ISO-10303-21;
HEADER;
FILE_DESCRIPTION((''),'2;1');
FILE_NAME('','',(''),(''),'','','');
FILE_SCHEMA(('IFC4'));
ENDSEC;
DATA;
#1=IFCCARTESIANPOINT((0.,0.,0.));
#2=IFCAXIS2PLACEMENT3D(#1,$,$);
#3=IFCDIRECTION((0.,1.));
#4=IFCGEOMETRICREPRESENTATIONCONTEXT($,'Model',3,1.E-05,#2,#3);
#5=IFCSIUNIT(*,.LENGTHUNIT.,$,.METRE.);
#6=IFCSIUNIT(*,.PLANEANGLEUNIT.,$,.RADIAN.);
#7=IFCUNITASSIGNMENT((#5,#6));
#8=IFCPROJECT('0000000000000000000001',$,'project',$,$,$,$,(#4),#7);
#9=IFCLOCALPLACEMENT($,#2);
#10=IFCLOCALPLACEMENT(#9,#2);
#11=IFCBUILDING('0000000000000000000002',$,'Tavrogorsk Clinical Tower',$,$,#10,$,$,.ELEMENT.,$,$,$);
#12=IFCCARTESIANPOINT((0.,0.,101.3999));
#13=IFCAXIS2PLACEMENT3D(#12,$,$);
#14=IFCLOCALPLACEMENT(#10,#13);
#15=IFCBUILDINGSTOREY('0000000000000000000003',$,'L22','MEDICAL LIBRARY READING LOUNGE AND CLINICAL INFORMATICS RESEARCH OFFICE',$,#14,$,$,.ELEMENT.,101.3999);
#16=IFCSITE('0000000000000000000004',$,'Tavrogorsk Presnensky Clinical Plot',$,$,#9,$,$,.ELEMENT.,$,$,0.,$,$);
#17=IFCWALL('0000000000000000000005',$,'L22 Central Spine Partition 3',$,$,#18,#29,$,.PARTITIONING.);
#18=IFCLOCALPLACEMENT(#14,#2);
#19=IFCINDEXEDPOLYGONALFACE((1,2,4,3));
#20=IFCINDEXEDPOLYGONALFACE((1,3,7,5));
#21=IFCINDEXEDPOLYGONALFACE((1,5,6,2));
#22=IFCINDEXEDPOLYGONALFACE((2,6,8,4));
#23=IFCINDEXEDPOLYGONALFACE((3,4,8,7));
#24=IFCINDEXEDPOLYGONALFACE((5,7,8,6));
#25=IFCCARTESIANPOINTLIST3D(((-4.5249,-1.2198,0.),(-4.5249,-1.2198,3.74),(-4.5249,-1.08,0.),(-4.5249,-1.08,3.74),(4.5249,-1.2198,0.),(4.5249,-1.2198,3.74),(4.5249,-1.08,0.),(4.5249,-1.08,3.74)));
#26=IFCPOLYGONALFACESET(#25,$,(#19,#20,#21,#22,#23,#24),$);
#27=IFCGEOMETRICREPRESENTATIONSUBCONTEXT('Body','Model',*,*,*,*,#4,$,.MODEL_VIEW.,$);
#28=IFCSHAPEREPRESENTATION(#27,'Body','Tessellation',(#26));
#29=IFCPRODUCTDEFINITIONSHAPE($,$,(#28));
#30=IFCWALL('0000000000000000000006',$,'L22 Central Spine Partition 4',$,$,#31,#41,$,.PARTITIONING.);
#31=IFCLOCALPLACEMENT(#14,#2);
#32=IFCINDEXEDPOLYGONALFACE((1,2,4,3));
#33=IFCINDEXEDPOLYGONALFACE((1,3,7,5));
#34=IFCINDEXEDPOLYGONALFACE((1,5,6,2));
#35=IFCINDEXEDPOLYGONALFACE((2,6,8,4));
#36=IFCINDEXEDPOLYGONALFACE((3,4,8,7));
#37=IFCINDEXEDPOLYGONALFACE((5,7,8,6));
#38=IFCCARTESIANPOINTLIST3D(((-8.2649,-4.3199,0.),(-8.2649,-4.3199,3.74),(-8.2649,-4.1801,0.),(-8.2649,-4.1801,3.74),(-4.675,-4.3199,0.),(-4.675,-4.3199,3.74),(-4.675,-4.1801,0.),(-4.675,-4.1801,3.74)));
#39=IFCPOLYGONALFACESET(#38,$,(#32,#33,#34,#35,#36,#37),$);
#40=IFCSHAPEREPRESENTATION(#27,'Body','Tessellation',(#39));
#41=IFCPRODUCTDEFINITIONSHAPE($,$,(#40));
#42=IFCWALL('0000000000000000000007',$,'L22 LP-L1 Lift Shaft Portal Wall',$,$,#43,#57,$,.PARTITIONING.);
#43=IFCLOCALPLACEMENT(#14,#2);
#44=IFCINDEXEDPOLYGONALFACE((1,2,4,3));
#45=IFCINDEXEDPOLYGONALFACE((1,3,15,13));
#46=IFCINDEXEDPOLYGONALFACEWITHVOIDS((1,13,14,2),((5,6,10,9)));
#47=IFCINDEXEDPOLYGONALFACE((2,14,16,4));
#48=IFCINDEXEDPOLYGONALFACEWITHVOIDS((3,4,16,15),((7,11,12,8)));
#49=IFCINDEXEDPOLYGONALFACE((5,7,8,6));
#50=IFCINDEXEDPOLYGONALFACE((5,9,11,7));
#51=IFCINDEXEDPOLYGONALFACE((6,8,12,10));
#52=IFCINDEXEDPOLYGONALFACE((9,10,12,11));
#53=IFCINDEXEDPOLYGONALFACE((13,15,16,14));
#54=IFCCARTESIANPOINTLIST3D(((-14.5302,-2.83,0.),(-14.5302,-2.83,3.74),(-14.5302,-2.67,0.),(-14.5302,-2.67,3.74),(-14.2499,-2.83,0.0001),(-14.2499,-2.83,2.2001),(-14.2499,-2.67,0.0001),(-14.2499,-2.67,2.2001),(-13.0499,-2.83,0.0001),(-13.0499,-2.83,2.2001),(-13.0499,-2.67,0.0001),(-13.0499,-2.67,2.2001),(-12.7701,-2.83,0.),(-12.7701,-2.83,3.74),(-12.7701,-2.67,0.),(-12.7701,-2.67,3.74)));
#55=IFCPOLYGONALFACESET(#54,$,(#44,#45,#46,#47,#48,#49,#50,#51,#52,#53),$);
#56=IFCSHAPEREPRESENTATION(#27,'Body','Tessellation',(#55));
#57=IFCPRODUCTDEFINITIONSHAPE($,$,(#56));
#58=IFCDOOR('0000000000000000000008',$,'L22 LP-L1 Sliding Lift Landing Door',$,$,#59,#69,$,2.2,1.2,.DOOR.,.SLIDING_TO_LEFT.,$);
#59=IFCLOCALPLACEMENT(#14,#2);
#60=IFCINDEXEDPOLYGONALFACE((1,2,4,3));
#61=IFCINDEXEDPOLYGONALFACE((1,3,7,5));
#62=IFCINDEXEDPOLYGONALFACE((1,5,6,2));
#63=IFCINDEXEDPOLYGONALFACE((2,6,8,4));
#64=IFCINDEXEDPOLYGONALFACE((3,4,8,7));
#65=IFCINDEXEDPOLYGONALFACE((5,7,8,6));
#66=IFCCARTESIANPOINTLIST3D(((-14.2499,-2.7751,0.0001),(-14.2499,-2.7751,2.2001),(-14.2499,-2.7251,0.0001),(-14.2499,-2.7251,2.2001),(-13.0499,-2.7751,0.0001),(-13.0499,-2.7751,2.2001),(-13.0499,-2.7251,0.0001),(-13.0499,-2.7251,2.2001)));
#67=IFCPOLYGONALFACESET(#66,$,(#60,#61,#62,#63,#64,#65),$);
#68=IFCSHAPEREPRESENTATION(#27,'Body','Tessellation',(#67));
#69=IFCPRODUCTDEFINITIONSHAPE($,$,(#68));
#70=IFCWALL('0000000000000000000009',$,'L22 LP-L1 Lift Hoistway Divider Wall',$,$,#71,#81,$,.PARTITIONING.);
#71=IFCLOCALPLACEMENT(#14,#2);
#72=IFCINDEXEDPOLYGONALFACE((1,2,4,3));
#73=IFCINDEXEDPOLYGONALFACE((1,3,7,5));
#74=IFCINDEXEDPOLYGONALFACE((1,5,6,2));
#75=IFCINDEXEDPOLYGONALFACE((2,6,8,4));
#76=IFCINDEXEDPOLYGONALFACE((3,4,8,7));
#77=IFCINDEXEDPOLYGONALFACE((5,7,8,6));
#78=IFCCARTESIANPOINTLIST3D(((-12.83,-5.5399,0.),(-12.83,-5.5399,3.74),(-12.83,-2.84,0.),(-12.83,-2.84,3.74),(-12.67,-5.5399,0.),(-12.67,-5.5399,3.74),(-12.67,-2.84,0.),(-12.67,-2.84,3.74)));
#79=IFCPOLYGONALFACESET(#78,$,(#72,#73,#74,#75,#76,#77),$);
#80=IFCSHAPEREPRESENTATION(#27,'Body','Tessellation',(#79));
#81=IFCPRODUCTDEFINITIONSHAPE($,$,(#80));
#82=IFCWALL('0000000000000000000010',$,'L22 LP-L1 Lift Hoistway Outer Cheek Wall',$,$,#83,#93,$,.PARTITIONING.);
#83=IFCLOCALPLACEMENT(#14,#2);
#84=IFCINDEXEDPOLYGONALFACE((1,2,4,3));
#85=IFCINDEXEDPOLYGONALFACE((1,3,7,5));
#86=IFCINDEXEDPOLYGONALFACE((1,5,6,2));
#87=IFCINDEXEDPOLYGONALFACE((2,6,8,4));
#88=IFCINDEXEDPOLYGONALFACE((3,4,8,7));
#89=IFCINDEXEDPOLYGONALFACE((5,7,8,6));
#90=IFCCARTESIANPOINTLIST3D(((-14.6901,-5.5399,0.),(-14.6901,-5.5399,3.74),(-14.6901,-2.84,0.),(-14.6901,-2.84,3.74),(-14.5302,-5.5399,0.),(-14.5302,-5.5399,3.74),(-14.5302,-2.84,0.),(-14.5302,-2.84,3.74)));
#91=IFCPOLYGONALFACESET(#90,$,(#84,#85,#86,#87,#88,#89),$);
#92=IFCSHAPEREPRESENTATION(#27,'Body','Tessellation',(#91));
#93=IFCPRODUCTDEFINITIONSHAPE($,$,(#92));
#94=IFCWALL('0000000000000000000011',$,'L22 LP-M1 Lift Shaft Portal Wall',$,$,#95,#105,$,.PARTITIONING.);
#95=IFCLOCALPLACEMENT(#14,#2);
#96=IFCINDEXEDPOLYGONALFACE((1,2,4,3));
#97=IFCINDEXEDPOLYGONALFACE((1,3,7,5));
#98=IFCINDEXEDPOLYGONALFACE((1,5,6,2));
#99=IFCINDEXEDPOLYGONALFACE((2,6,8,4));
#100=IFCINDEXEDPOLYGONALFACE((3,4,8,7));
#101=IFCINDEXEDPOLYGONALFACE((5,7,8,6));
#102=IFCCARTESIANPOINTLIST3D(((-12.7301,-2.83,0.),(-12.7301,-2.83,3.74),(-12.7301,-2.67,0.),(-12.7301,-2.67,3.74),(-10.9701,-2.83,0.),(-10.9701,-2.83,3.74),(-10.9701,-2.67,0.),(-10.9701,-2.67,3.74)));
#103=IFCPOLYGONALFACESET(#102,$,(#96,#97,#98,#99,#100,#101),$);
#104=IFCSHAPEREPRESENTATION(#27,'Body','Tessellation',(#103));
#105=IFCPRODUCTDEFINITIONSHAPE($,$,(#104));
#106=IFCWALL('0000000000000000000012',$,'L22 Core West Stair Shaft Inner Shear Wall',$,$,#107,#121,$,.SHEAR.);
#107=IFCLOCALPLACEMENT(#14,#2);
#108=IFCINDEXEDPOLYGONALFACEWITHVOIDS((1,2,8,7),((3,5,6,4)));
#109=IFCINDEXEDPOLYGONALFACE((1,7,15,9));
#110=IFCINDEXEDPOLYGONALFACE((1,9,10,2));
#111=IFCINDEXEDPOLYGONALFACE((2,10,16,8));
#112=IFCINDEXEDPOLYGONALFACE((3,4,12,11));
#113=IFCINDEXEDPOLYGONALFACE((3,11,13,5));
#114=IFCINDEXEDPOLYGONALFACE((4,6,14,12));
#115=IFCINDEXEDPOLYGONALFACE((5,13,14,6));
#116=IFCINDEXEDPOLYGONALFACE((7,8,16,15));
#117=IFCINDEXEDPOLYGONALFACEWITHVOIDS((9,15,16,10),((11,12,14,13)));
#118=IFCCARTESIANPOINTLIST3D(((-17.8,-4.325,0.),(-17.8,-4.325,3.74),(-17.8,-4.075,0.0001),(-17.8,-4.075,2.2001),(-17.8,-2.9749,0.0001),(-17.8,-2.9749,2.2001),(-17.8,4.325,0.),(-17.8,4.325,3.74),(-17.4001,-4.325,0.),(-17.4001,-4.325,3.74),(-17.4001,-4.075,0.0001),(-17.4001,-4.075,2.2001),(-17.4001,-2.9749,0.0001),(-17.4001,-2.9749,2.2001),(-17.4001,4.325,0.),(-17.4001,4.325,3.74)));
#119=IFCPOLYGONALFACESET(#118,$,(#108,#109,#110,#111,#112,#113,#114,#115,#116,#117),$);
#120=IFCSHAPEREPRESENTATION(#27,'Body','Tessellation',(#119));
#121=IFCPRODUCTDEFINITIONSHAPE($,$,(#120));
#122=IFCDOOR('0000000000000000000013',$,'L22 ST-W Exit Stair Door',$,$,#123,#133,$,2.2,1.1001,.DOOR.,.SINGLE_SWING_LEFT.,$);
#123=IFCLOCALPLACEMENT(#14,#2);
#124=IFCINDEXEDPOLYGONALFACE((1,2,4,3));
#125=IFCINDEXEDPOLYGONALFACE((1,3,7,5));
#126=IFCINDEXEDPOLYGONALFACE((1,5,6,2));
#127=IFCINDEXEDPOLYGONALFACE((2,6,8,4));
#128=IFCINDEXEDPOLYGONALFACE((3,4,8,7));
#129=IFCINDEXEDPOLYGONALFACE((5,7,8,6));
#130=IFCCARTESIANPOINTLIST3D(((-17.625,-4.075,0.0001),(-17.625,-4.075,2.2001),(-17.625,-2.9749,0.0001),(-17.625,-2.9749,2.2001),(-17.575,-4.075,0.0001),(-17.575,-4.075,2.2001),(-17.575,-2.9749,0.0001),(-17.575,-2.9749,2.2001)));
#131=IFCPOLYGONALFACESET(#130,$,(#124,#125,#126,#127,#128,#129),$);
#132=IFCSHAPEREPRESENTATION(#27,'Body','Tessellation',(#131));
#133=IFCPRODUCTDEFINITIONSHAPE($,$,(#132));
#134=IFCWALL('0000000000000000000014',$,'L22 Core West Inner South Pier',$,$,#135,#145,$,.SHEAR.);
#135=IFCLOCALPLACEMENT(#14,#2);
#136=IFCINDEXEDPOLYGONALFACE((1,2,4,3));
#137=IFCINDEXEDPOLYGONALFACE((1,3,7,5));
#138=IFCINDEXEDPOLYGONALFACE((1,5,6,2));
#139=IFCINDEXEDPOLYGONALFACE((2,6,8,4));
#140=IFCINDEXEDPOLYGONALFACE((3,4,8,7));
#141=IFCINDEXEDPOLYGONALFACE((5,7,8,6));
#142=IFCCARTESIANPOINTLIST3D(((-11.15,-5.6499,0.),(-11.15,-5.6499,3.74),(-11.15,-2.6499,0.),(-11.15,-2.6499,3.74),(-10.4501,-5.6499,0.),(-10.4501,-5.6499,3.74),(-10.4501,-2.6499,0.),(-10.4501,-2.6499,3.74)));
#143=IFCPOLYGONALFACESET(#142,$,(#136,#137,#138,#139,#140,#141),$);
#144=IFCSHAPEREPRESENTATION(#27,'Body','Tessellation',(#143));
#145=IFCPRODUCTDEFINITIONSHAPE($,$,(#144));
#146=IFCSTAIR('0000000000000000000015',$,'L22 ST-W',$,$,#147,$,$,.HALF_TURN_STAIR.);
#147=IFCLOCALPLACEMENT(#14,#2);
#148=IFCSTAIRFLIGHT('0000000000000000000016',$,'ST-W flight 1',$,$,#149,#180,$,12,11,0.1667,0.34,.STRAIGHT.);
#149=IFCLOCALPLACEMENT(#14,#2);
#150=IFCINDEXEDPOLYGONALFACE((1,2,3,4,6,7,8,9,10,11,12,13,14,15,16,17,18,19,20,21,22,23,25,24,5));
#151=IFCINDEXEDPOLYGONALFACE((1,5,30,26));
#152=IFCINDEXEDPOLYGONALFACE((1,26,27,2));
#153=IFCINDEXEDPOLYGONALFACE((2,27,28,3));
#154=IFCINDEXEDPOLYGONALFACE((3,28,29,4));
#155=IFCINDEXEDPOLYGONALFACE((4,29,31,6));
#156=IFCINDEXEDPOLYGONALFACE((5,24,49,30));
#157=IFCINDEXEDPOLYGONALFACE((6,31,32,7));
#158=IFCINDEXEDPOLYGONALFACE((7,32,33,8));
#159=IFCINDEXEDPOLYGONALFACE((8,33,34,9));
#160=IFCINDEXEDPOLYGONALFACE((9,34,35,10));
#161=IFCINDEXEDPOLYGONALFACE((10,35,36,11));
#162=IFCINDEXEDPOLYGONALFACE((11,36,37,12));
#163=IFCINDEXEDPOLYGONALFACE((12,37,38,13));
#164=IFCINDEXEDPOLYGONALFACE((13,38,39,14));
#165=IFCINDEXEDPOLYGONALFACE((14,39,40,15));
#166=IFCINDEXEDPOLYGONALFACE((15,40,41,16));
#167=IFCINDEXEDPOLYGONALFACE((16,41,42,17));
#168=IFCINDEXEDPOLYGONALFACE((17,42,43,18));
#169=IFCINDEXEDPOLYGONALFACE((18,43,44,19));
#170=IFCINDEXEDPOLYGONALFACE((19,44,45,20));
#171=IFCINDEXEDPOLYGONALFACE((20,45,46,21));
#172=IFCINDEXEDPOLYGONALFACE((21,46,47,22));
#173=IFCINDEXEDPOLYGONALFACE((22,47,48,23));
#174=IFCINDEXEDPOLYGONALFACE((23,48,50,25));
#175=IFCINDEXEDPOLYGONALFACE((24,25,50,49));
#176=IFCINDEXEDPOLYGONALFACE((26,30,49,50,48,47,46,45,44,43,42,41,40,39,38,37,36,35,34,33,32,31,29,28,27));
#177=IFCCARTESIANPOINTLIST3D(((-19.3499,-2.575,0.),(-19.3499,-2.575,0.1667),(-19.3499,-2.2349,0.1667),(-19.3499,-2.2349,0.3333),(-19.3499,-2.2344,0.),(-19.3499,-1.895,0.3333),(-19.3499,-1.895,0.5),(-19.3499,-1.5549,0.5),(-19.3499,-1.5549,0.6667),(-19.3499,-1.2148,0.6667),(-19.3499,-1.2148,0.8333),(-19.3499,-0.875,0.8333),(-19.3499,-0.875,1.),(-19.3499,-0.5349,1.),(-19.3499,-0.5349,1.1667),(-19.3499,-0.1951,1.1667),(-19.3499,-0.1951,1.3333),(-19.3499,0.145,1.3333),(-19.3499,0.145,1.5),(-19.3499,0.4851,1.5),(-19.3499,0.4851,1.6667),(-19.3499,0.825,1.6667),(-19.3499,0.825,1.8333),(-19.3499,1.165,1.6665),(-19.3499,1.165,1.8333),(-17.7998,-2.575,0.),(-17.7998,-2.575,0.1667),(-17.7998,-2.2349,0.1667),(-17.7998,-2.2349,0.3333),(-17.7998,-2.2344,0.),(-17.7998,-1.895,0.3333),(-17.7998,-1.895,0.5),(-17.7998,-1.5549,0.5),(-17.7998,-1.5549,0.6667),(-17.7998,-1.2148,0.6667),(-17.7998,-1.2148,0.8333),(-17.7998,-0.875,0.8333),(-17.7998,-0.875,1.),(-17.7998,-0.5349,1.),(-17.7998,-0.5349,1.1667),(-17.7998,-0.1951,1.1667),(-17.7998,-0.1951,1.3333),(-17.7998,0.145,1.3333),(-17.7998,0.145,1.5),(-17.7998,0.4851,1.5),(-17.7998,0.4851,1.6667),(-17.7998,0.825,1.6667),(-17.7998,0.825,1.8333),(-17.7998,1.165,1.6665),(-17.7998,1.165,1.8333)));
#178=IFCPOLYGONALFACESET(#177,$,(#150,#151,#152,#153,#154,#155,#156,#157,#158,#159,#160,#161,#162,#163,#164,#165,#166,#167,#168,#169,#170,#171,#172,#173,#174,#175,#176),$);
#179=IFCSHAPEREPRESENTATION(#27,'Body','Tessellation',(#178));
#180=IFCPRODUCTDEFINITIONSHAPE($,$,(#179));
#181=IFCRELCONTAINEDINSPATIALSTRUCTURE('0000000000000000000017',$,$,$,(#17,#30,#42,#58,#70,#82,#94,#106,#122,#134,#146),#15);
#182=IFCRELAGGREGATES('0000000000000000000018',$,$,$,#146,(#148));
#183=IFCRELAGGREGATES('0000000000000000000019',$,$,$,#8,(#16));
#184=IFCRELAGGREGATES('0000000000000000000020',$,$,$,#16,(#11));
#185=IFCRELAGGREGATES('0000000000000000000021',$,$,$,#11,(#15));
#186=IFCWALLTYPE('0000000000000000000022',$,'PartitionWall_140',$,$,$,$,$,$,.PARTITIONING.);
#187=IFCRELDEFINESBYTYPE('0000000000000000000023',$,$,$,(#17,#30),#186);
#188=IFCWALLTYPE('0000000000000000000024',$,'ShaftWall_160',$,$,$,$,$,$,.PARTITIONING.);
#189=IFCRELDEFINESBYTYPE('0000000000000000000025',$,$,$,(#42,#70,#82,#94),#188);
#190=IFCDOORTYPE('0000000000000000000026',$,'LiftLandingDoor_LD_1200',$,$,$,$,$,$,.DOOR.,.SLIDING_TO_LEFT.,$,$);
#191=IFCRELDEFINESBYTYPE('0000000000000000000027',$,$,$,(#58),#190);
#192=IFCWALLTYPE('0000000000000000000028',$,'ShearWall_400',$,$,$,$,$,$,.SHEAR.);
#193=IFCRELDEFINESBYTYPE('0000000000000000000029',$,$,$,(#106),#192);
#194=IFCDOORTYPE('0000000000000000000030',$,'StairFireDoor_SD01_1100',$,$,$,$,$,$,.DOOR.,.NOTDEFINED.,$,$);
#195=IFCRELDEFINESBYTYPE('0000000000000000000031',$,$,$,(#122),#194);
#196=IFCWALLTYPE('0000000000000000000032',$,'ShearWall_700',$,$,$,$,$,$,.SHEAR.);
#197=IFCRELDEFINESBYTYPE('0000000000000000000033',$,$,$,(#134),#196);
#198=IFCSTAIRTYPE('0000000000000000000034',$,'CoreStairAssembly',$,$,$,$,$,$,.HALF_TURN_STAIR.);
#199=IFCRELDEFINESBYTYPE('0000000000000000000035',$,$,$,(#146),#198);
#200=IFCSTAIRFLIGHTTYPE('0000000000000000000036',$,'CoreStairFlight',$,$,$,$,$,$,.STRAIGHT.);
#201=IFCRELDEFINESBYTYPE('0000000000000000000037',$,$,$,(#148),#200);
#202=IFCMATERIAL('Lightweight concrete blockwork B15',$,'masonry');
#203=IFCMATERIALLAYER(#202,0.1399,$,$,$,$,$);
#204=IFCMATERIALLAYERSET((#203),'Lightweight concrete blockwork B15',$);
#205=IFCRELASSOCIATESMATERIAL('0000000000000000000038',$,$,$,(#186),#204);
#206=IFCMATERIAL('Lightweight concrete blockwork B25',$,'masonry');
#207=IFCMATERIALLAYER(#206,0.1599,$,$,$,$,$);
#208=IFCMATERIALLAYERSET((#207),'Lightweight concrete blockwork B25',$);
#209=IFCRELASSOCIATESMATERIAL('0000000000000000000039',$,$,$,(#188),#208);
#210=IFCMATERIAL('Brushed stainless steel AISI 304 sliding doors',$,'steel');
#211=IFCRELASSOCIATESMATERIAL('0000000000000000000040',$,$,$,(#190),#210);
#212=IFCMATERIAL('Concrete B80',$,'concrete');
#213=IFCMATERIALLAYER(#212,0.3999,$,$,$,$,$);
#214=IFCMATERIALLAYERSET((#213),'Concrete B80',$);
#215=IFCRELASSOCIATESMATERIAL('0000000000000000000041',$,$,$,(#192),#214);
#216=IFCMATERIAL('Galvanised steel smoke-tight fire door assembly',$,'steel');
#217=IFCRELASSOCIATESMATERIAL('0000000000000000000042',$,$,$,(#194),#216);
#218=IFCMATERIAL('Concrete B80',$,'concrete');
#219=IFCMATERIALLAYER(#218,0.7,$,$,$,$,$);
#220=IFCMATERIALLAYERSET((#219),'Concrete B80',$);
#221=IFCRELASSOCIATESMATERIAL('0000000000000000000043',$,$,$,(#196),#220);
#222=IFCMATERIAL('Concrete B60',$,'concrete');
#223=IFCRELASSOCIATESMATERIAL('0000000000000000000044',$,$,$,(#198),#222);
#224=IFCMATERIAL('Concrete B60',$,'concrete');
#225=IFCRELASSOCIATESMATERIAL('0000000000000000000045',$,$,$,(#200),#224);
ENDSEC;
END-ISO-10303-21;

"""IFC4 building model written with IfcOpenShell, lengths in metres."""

from ifc_helpers import new_model, si_unit, direction, frame, frame_2d, origin, place, context, subcontext, project, spatial, polyline, rectangle, outline, extrude, material, layer, layer_set, type_object, element, fill, aggregate, save


model = new_model("IFC4")

# Units and contexts
model_context = context("Model", 3, precision=1e-05, world=origin(), true_north=direction((0.0, 1.0)))
body_context = subcontext(model_context, "Body", "Model", "MODEL_VIEW")
ifc_project = project(units=[si_unit("LENGTHUNIT", "METRE"), si_unit("PLANEANGLEUNIT", "RADIAN")], contexts=[model_context])

# Site, building, storey
site_placement = place(None, origin())
site = spatial("IfcSite", under=ifc_project, at=site_placement, Name="Tavrogorsk Presnensky Clinical Plot", CompositionType="ELEMENT", RefElevation=0.0)
building_placement = place(site_placement, origin())
building = spatial("IfcBuilding", under=site, at=building_placement, Name="Tavrogorsk Clinical Tower", CompositionType="ELEMENT")
storey_placement = place(building_placement, frame((0.0, 0.0, 101.3999)))
storey = spatial("IfcBuildingStorey", under=building, at=storey_placement, Name="L22", Description="MEDICAL LIBRARY READING LOUNGE AND CLINICAL INFORMATICS RESEARCH OFFICE", CompositionType="ELEMENT", Elevation=101.3999)

# Walls
ifc_material_1 = material(Name="Lightweight concrete blockwork B15", Category="masonry")
ifc_layer_1 = layer(ifc_material_1, 0.1399)
ifc_layer_set_1 = layer_set([ifc_layer_1], Name="Lightweight concrete blockwork B15")
wall_type_1 = type_object("IfcWallType", Name="PartitionWall_140", PredefinedType="PARTITIONING", material=ifc_layer_set_1)
wall_1_placement = place(storey_placement, frame((-4.5249, -1.1499, 0.0), z_axis=(0.0, 0.0, 1.0), x_axis=(1.0, 0.0, 0.0)))
element("IfcWall", 1, at=wall_1_placement, inside=storey, type_object=wall_type_1, Name="L22 Central Spine Partition 3", PredefinedType="PARTITIONING", context=body_context, shape_type="SweptSolid", body=[
    extrude(rectangle(XDim=9.0498, YDim=0.1399, at=frame_2d((4.5249, 0.0))), origin(), (0.0, 0.0, 1.0), 3.74),
])
wall_2_placement = place(storey_placement, frame((-8.2649, -4.25, 0.0), z_axis=(0.0, 0.0, 1.0), x_axis=(1.0, 0.0, 0.0)))
element("IfcWall", 2, at=wall_2_placement, inside=storey, type_object=wall_type_1, Name="L22 Central Spine Partition 4", PredefinedType="PARTITIONING", context=body_context, shape_type="SweptSolid", body=[
    extrude(rectangle(XDim=3.5898, YDim=0.1399, at=frame_2d((1.7949, 0.0))), origin(), (0.0, 0.0, 1.0), 3.74),
])

# Wall, opening, door
ifc_material_2 = material(Name="Lightweight concrete blockwork B25", Category="masonry")
ifc_layer_2 = layer(ifc_material_2, 0.1599)
ifc_layer_set_2 = layer_set([ifc_layer_2], Name="Lightweight concrete blockwork B25")
wall_type_2 = type_object("IfcWallType", Name="ShaftWall_160", PredefinedType="PARTITIONING", material=ifc_layer_set_2)
wall_3_placement = place(storey_placement, frame((-14.53, -2.75, 0.0), z_axis=(0.0, 0.0, 1.0), x_axis=(1.0, 0.0, 0.0)))
wall_3 = element("IfcWall", 3, at=wall_3_placement, inside=storey, type_object=wall_type_2, Name="L22 LP-L1 Lift Shaft Portal Wall", PredefinedType="PARTITIONING", context=body_context, shape_type="SweptSolid", body=[
    extrude(rectangle(XDim=1.76, YDim=0.1599, at=frame_2d((0.8799, 0.0))), origin(), (0.0, 0.0, 1.0), 3.74),
])
opening_1_placement = place(wall_3_placement, frame((0.28, 0.0, 0.0)))
opening_1 = element("IfcOpeningElement", 4, at=opening_1_placement, cuts=wall_3, PredefinedType="OPENING", context=body_context, shape_type="SweptSolid", body=[
    extrude(rectangle(XDim=1.2, YDim=2.2, at=frame_2d((0.6001, 1.1001))), frame((0.0, 0.0898, 0.0), z_axis=(0.0, -1.0, 0.0), x_axis=(1.0, 0.0, 0.0)), (0.0, 0.0, 1.0), 0.1799),
])
ifc_material_3 = material(Name="Brushed stainless steel AISI 304 sliding doors", Category="steel")
door_type_1 = type_object("IfcDoorType", Name="LiftLandingDoor_LD_1200", OperationType="SLIDING_TO_LEFT", PredefinedType="DOOR", material=ifc_material_3)
door_1_placement = place(opening_1_placement, origin())
door_1 = element("IfcDoor", 5, at=door_1_placement, inside=storey, type_object=door_type_1, Name="L22 LP-L1 Sliding Lift Landing Door", OperationType="SLIDING_TO_LEFT", OverallHeight=2.2, OverallWidth=1.2, PredefinedType="DOOR", context=body_context, shape_type="SweptSolid", body=[
    extrude(rectangle(XDim=1.2, YDim=2.2, at=frame_2d((0.6001, 1.1001))), frame((0.0, 0.0249, 0.0), z_axis=(0.0, -1.0, 0.0), x_axis=(1.0, 0.0, 0.0)), (0.0, 0.0, 1.0), 0.05),
])
fill(opening_1, door_1)

# Walls
for number, where, z_axis, x_axis, name in (
    (6, (-12.75, -5.54, 0.0), (0.0, 0.0, 1.0), (0.0, 1.0, 0.0), "L22 LP-L1 Lift Hoistway Divider Wall"),
    (7, (-14.6101, -5.54, 0.0), (0.0, 0.0, 1.0), (0.0, 1.0, 0.0), "L22 LP-L1 Lift Hoistway Outer Cheek Wall"),
):
    element("IfcWall", number, at=place(storey_placement, frame(where, z_axis=z_axis, x_axis=x_axis)), inside=storey, type_object=wall_type_2, Name=name, PredefinedType="PARTITIONING", context=body_context, shape_type="SweptSolid", body=[
        extrude(rectangle(XDim=2.7, YDim=0.1599, at=frame_2d((1.3501, 0.0))), origin(), (0.0, 0.0, 1.0), 3.74),
    ])
wall_4_placement = place(storey_placement, frame((-12.73, -2.75, 0.0), z_axis=(0.0, 0.0, 1.0), x_axis=(1.0, 0.0, 0.0)))
element("IfcWall", 8, at=wall_4_placement, inside=storey, type_object=wall_type_2, Name="L22 LP-M1 Lift Shaft Portal Wall", PredefinedType="PARTITIONING", context=body_context, shape_type="SweptSolid", body=[
    extrude(rectangle(XDim=1.76, YDim=0.1599, at=frame_2d((0.8799, 0.0))), origin(), (0.0, 0.0, 1.0), 3.74),
])

# Wall, opening, door
ifc_material_4 = material(Name="Concrete B80", Category="concrete")
ifc_layer_3 = layer(ifc_material_4, 0.3999)
ifc_layer_set_3 = layer_set([ifc_layer_3], Name="Concrete B80")
wall_type_3 = type_object("IfcWallType", Name="ShearWall_400", PredefinedType="SHEAR", material=ifc_layer_set_3)
wall_5_placement = place(storey_placement, frame((-17.6001, -4.325, 0.0), z_axis=(0.0, 0.0, 1.0), x_axis=(0.0, 1.0, 0.0)))
wall_5 = element("IfcWall", 9, at=wall_5_placement, inside=storey, type_object=wall_type_3, Name="L22 Core West Stair Shaft Inner Shear Wall", PredefinedType="SHEAR", context=body_context, shape_type="SweptSolid", body=[
    extrude(rectangle(XDim=8.6499, YDim=0.3999, at=frame_2d((4.325, 0.0))), origin(), (0.0, 0.0, 1.0), 3.74),
])
opening_2_placement = place(wall_5_placement, frame((0.25, 0.0, 0.0)))
opening_2 = element("IfcOpeningElement", 10, at=opening_2_placement, cuts=wall_5, PredefinedType="OPENING", context=body_context, shape_type="SweptSolid", body=[
    extrude(rectangle(XDim=1.1001, YDim=2.2, at=frame_2d((0.55, 1.1001))), frame((0.0, 0.21, 0.0), z_axis=(0.0, -1.0, 0.0), x_axis=(1.0, 0.0, 0.0)), (0.0, 0.0, 1.0), 0.4199),
])
ifc_material_5 = material(Name="Galvanised steel smoke-tight fire door assembly", Category="steel")
door_type_2 = type_object("IfcDoorType", Name="StairFireDoor_SD01_1100", OperationType="NOTDEFINED", PredefinedType="DOOR", material=ifc_material_5)
door_2_placement = place(opening_2_placement, origin())
door_2 = element("IfcDoor", 11, at=door_2_placement, inside=storey, type_object=door_type_2, Name="L22 ST-W Exit Stair Door", OperationType="SINGLE_SWING_LEFT", OverallHeight=2.2, OverallWidth=1.1001, PredefinedType="DOOR", context=body_context, shape_type="SweptSolid", body=[
    extrude(rectangle(XDim=1.1001, YDim=2.2, at=frame_2d((0.55, 1.1001))), frame((0.0, 0.0249, 0.0), z_axis=(0.0, -1.0, 0.0), x_axis=(1.0, 0.0, 0.0)), (0.0, 0.0, 1.0), 0.05),
])
fill(opening_2, door_2)

# Wall
ifc_material_6 = material(Name="Concrete B80", Category="concrete")
ifc_layer_4 = layer(ifc_material_6, 0.7)
ifc_layer_set_4 = layer_set([ifc_layer_4], Name="Concrete B80")
wall_type_4 = type_object("IfcWallType", Name="ShearWall_700", PredefinedType="SHEAR", material=ifc_layer_set_4)
wall_6_placement = place(storey_placement, frame((-10.8, -5.6499, 0.0), z_axis=(0.0, 0.0, 1.0), x_axis=(0.0, 1.0, 0.0)))
element("IfcWall", 12, at=wall_6_placement, inside=storey, type_object=wall_type_4, Name="L22 Core West Inner South Pier", PredefinedType="SHEAR", context=body_context, shape_type="SweptSolid", body=[
    extrude(rectangle(XDim=3.0, YDim=0.7, at=frame_2d((1.5, 0.0))), origin(), (0.0, 0.0, 1.0), 3.74),
])

# Stair, stair flight
ifc_material_7 = material(Name="Concrete B60", Category="concrete")
stair_type = type_object("IfcStairType", Name="CoreStairAssembly", PredefinedType="HALF_TURN_STAIR", material=ifc_material_7)
stair_placement = place(storey_placement, origin())
stair = element("IfcStair", 13, at=stair_placement, inside=storey, type_object=stair_type, Name="L22 ST-W", PredefinedType="HALF_TURN_STAIR")
ifc_material_8 = material(Name="Concrete B60", Category="concrete")
stair_flight_type = type_object("IfcStairFlightType", Name="CoreStairFlight", PredefinedType="STRAIGHT", material=ifc_material_8)
stair_flight_placement = place(storey_placement, frame((-18.575, -2.575, 0.0), z_axis=(0.0, 0.0, 1.0), x_axis=(0.0, 1.0, 0.0)))
stair_flight = element("IfcStairFlight", 14, at=stair_flight_placement, type_object=stair_flight_type, Name="ST-W flight 1", NumberOfRisers=12, NumberOfTreads=11, PredefinedType="STRAIGHT", RiserHeight=0.1667, TreadLength=0.34, context=body_context, shape_type="SweptSolid", body=[
    extrude(outline(polyline([(0.0, 0.0), (0.0, 0.1667), (0.3401, 0.1667), (0.3401, 0.3333), (0.6799, 0.3333), (0.6799, 0.5), (1.02, 0.5), (1.02, 0.6667), (1.3601, 0.6667), (1.3601, 0.8333), (1.7, 0.8333), (1.7, 1.0), (2.04, 1.0), (2.04, 1.1667), (2.3799, 1.1667), (2.3799, 1.3333), (2.72, 1.3333), (2.72, 1.5), (3.0601, 1.5), (3.0601, 1.6667), (3.3999, 1.6667), (3.3999, 1.8333), (3.74, 1.8333), (3.74, 2.0), (3.74, 1.6665), (0.3406, 0.0), (0.0, 0.0)])), frame((0.0, 0.7749, 0.0), z_axis=(0.0, -1.0, 0.0), x_axis=(1.0, 0.0, 0.0)), (0.0, 0.0, 1.0), 1.55),
])
aggregate(stair, [stair_flight])

save(model, "model.ifc")
